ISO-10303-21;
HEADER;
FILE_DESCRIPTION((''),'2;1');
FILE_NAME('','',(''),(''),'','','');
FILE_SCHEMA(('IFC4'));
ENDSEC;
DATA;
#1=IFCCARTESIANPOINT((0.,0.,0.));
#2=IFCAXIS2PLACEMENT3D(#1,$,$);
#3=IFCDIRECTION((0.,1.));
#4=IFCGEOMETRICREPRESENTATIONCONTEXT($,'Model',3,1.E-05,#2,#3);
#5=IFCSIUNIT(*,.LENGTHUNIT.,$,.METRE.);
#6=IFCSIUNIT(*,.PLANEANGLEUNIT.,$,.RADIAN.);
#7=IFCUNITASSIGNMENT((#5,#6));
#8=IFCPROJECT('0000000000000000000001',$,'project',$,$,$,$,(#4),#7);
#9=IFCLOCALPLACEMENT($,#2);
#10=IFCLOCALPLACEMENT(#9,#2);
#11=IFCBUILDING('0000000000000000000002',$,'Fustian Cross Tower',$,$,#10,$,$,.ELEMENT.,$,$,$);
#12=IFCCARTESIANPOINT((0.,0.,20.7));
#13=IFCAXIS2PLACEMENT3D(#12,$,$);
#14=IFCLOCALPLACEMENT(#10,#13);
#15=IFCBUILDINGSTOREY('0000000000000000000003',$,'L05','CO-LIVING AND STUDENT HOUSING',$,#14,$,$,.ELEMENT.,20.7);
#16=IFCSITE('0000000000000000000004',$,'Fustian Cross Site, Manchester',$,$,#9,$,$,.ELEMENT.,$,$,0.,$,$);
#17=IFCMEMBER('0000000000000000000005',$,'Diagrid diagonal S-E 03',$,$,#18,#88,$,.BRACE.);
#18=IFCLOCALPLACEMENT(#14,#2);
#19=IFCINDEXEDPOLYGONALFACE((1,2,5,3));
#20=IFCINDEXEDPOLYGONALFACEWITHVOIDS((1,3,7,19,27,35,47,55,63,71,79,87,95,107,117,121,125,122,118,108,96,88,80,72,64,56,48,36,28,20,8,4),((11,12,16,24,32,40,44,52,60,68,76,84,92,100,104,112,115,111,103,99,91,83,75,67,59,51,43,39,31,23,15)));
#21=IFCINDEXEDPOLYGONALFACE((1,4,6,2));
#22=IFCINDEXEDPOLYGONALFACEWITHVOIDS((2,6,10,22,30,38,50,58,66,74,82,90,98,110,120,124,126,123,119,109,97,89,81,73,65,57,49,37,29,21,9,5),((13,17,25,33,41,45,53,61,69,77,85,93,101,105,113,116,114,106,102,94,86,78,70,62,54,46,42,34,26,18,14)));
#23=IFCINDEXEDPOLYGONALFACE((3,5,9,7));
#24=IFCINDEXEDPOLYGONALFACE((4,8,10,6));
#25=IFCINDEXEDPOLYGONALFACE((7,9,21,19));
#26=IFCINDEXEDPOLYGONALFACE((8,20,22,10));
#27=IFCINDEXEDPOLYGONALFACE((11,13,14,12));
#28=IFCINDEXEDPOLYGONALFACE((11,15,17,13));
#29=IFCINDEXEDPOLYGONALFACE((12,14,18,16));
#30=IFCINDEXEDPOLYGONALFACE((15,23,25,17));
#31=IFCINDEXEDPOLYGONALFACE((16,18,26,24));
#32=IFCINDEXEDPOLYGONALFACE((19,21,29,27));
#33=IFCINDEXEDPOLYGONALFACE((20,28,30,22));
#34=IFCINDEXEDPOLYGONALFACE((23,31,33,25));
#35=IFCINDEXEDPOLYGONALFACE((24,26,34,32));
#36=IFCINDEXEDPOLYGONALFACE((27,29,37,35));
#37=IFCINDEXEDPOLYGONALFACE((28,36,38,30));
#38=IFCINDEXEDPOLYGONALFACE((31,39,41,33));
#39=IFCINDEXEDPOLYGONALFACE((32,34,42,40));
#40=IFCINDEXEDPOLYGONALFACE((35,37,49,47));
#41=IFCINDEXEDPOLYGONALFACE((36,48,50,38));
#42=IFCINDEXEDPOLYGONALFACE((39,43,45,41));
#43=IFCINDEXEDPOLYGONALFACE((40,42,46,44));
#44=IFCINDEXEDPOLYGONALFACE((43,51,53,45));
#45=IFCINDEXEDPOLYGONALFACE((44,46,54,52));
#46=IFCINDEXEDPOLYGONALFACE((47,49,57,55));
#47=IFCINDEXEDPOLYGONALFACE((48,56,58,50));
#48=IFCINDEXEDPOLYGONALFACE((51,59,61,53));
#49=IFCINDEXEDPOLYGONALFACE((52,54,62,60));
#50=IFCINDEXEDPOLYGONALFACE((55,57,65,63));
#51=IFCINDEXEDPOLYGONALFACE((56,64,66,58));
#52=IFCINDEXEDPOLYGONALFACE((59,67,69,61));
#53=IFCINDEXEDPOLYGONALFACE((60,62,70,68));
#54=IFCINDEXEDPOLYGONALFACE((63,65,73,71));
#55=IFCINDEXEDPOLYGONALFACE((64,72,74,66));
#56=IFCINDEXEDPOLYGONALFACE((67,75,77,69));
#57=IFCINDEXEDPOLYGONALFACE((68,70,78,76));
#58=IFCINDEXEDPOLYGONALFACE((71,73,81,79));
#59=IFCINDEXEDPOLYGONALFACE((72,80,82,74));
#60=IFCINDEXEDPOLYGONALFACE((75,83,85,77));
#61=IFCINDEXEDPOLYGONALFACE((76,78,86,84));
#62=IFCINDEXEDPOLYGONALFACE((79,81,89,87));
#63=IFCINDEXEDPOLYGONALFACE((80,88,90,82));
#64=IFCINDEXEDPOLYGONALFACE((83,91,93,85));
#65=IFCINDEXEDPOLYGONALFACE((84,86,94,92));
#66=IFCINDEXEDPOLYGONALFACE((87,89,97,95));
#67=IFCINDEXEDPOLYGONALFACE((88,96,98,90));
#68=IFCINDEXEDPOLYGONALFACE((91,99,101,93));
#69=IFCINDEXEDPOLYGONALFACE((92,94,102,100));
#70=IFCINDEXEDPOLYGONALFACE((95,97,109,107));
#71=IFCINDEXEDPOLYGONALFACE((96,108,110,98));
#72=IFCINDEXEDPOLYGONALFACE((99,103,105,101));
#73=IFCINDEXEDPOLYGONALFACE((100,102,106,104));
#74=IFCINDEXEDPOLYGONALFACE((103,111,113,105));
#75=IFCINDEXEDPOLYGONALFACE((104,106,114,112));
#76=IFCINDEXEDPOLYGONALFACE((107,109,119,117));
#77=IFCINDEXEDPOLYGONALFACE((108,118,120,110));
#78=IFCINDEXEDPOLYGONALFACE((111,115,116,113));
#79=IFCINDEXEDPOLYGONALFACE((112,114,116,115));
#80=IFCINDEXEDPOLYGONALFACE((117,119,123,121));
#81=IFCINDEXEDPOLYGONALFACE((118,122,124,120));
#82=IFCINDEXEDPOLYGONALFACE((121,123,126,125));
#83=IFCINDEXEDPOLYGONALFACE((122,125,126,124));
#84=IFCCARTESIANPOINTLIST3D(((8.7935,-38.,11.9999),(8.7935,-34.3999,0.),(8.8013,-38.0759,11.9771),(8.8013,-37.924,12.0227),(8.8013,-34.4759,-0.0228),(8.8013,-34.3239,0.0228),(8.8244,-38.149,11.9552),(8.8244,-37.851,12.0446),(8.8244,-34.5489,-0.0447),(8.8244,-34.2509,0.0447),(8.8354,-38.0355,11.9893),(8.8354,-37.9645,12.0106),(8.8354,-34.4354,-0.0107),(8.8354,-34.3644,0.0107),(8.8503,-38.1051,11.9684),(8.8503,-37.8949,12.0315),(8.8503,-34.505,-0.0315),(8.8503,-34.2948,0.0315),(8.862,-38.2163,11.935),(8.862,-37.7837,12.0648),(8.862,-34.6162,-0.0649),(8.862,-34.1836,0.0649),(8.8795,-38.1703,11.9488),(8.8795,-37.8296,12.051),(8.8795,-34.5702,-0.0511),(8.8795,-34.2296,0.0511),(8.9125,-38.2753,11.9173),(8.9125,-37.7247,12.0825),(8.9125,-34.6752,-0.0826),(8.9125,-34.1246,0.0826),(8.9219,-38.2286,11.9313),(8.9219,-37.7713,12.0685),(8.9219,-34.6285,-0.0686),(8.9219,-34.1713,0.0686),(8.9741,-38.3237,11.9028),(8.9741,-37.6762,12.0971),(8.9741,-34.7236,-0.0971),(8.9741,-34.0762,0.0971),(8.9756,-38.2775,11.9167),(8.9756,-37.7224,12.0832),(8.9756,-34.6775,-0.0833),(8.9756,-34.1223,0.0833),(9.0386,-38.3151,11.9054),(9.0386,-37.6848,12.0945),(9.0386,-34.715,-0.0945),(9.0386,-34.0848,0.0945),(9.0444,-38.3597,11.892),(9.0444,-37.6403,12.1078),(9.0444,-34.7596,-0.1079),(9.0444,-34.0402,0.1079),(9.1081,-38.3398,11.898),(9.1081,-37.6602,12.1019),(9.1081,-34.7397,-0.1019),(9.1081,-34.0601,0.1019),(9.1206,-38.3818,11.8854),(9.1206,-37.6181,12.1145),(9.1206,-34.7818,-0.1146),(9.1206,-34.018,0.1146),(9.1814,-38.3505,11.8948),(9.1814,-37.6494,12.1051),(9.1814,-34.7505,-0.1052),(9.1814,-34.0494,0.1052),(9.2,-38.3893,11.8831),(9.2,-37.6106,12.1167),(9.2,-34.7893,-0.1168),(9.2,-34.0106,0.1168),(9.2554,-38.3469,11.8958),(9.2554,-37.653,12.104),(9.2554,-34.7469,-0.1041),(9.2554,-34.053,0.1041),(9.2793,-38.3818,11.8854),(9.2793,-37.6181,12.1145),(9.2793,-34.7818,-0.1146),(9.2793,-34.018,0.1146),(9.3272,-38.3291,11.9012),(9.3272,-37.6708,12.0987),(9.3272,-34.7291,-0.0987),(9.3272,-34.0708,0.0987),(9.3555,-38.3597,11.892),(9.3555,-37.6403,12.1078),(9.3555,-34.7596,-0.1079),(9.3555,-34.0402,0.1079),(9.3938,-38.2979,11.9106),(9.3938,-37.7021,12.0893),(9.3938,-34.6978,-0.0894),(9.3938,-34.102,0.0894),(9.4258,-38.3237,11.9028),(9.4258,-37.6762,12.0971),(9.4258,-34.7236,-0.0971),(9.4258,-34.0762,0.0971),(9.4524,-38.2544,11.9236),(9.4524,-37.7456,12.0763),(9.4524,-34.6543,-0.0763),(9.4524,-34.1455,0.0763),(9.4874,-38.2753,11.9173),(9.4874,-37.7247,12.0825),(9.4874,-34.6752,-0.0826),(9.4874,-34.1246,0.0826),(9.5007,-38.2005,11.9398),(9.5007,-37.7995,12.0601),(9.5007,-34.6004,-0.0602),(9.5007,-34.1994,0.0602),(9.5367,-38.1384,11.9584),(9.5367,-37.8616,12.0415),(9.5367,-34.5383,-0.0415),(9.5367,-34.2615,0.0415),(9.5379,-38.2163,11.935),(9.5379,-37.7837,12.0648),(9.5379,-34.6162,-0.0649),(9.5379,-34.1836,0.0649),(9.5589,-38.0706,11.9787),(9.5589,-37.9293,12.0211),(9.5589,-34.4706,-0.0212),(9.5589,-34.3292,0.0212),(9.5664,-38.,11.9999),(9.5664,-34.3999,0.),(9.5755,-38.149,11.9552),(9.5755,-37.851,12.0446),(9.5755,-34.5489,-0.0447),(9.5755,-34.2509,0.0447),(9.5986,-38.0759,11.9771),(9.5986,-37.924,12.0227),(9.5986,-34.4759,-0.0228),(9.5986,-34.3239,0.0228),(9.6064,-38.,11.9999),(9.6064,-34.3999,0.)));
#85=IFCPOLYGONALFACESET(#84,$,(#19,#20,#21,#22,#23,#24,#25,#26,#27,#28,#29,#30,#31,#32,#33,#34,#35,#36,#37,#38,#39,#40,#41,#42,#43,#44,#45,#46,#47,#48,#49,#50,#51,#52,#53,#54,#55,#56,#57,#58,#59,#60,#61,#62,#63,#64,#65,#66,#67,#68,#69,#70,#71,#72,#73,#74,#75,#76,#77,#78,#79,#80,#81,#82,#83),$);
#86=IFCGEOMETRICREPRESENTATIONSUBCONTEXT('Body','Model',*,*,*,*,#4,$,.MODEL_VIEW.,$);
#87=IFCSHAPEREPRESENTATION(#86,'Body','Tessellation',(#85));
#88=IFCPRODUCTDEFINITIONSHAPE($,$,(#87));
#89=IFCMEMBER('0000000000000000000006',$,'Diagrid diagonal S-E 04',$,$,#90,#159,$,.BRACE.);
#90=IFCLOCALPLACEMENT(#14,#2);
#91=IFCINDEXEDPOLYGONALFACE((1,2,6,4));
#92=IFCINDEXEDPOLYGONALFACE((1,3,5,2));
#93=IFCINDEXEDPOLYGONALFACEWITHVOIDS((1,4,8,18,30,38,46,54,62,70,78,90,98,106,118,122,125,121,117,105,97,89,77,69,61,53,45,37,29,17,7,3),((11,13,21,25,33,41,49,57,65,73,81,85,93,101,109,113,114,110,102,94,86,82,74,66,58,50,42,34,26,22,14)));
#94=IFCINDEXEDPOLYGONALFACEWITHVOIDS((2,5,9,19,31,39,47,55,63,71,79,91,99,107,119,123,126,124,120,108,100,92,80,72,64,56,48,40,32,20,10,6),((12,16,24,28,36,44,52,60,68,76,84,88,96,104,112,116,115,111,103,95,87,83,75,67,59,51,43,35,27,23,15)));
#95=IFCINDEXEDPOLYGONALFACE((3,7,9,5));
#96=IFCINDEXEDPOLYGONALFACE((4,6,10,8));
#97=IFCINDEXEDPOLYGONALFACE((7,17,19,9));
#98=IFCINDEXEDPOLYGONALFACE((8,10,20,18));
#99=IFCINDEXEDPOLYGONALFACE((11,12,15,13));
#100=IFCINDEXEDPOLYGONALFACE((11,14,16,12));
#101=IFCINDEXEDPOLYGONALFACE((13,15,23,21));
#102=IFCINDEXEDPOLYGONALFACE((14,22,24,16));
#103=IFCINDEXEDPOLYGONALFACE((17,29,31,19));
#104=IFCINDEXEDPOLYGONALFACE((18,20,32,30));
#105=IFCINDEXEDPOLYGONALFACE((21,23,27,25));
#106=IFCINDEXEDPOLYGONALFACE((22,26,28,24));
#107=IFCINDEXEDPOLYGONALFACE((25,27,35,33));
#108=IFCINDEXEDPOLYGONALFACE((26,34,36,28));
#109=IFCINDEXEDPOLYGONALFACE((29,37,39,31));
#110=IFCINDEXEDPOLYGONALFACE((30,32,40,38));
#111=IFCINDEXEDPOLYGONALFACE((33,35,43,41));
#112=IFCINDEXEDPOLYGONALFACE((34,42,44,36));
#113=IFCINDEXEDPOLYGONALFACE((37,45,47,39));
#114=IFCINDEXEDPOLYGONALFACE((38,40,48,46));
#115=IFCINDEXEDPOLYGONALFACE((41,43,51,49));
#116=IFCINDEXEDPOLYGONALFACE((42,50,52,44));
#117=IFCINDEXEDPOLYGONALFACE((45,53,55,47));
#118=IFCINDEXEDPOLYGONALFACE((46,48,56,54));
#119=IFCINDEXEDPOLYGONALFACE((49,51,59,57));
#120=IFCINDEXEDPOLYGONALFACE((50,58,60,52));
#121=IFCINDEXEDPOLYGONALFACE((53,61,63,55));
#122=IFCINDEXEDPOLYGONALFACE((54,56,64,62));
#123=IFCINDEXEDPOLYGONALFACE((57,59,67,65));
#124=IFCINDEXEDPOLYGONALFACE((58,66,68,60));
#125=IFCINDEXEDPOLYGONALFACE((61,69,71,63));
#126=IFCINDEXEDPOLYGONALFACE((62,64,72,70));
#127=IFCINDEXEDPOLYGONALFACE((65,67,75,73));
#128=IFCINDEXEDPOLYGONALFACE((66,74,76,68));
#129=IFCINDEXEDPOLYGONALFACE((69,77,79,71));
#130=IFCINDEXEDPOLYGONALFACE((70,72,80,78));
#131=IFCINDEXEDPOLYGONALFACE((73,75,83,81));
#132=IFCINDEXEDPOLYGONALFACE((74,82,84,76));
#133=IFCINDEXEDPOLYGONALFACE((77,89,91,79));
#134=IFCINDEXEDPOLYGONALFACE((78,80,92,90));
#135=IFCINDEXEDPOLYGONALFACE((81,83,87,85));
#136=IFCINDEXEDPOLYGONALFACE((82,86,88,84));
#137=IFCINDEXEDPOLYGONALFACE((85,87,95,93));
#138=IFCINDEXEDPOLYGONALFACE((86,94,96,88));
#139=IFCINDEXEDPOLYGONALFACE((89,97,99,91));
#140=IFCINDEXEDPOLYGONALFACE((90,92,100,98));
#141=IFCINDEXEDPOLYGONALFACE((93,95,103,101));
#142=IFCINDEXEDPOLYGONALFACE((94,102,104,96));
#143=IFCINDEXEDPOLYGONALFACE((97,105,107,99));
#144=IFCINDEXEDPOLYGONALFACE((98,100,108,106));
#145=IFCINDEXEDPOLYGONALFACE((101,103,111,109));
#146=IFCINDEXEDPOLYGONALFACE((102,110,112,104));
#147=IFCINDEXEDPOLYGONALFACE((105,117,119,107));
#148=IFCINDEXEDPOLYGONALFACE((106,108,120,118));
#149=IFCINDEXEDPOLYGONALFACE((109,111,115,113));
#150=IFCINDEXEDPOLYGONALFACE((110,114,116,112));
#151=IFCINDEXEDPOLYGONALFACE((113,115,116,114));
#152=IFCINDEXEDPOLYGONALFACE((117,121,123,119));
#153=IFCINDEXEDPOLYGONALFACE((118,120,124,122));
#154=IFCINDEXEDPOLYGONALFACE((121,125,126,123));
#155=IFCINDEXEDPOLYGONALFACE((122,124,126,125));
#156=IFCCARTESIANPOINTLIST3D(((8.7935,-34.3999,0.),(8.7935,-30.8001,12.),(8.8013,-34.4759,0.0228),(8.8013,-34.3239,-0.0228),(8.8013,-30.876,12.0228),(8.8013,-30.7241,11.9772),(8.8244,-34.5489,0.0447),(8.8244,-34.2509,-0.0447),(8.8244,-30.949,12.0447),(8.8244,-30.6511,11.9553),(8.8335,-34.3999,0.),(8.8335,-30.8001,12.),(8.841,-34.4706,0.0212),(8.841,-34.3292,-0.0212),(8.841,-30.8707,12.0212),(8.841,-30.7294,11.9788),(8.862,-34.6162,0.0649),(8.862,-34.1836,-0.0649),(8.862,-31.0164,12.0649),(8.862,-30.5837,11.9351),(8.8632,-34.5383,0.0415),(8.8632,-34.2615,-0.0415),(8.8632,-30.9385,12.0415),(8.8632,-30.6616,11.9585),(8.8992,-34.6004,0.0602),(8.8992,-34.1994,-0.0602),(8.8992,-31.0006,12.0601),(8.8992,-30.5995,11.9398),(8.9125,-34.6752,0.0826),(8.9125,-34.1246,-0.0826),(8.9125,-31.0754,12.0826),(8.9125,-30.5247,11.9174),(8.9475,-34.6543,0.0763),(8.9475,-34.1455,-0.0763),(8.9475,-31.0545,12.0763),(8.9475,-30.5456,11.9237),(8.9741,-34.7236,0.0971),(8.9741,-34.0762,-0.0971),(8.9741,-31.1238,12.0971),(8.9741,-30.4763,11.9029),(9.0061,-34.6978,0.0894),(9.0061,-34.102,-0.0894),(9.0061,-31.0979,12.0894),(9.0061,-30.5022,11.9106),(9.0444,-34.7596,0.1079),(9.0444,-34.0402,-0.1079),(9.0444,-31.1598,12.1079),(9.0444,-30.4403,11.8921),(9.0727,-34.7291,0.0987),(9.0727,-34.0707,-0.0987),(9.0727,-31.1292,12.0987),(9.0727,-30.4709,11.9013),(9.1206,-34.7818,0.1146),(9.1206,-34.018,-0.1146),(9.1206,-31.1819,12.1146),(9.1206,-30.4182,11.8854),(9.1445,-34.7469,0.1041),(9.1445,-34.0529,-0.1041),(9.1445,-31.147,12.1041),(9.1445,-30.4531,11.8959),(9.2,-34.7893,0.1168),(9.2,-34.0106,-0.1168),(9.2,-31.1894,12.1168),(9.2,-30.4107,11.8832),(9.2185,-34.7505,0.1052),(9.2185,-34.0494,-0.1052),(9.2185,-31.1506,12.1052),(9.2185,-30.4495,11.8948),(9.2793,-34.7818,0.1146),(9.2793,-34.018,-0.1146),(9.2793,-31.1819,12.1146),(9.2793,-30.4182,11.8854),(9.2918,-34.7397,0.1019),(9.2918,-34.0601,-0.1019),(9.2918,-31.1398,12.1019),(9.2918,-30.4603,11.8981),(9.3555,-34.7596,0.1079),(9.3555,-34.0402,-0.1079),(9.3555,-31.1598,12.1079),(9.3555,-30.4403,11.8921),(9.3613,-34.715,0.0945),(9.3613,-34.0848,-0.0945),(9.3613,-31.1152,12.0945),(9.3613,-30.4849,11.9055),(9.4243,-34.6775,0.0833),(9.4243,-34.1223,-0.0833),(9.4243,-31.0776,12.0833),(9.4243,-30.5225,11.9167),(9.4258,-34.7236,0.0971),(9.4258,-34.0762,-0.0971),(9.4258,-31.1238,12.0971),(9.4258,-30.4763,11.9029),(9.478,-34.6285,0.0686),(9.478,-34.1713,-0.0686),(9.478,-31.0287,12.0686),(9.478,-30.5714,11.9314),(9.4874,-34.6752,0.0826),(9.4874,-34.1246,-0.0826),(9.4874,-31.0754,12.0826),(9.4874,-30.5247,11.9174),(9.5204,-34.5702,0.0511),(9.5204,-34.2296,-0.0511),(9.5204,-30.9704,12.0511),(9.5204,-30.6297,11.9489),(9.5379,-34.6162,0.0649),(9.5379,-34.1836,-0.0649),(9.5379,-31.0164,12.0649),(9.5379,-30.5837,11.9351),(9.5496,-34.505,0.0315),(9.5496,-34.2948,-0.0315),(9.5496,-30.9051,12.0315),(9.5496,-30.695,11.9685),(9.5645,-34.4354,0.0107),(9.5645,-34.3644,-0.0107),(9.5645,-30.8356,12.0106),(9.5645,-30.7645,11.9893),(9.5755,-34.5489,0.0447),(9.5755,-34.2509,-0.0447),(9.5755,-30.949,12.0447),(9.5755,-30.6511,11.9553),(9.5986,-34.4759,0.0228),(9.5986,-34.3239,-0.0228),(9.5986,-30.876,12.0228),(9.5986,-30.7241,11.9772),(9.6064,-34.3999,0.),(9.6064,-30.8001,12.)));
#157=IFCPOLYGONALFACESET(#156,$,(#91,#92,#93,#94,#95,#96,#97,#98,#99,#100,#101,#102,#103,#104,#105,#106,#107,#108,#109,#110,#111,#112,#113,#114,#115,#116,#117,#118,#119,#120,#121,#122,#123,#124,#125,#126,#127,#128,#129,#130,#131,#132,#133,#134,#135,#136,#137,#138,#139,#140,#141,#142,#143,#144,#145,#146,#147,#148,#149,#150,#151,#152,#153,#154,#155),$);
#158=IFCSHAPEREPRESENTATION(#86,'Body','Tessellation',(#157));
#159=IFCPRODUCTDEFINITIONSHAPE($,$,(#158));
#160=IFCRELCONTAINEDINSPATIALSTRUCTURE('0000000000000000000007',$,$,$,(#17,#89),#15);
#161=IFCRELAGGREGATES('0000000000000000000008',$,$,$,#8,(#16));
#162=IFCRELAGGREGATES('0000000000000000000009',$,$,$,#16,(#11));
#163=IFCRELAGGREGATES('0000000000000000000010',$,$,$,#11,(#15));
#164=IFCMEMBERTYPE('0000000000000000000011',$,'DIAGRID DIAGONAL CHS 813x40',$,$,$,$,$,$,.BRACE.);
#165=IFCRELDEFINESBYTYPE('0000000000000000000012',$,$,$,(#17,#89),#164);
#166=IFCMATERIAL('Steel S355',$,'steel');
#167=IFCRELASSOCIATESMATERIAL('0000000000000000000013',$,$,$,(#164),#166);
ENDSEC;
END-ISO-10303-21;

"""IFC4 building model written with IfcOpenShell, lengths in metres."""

from ifc_helpers import new_model, si_unit, direction, frame, origin, origin_2d, place, context, subcontext, project, spatial, hollow_circle, extrude, material, material_profile, profile_set, type_object, element, save


model = new_model("IFC4")

# Units and contexts
model_context = context("Model", 3, precision=1e-05, world=origin(), true_north=direction((0.0, 1.0)))
body_context = subcontext(model_context, "Body", "Model", "MODEL_VIEW")
ifc_project = project(units=[si_unit("LENGTHUNIT", "METRE"), si_unit("PLANEANGLEUNIT", "RADIAN")], contexts=[model_context])

# Site, building, storey
site_placement = place(None, origin())
site = spatial("IfcSite", under=ifc_project, at=site_placement, Name="Fustian Cross Site, Manchester", CompositionType="ELEMENT", RefElevation=0.0)
building_placement = place(site_placement, origin())
building = spatial("IfcBuilding", under=site, at=building_placement, Name="Fustian Cross Tower", CompositionType="ELEMENT")
storey_placement = place(building_placement, frame((0.0, 0.0, 20.7)))
storey = spatial("IfcBuildingStorey", under=building, at=storey_placement, Name="L05", Description="CO-LIVING AND STUDENT HOUSING", CompositionType="ELEMENT", Elevation=20.7)

# Members
ifc_material_1 = material(Name="Steel S355", Category="steel")
ifc_material_profile_1 = material_profile(ifc_material_1, hollow_circle(Radius=0.4065, WallThickness=0.04, at=origin_2d()), Name="CHS 813x40")
ifc_profile_set_1 = profile_set([ifc_material_profile_1], Name="Steel S355")
member_type_1 = type_object("IfcMemberType", Name="DIAGRID DIAGONAL CHS 813x40", PredefinedType="BRACE", material=ifc_profile_set_1)
for number, where, z_axis, x_axis, name in (
    (1, (9.2, -34.3999, 0.0), (0.0, -0.287355, 0.957824), (1.0, 0.0, 0.0), "Diagrid diagonal S-E 03"),
    (2, (9.2, -34.3999, 0.0), (0.0, 0.287337, 0.95783), (-1.0, 0.0, 0.0), "Diagrid diagonal S-E 04"),
):
    element("IfcMember", number, at=place(storey_placement, frame(where, z_axis=z_axis, x_axis=x_axis)), inside=storey, type_object=member_type_1, Name=name, PredefinedType="BRACE", context=body_context, shape_type="SweptSolid", body=[
        extrude(hollow_circle(Radius=0.4065, WallThickness=0.04, at=origin_2d()), origin(), (0.0, 0.0, 1.0), 12.5283),
    ])

save(model, "model.ifc")
